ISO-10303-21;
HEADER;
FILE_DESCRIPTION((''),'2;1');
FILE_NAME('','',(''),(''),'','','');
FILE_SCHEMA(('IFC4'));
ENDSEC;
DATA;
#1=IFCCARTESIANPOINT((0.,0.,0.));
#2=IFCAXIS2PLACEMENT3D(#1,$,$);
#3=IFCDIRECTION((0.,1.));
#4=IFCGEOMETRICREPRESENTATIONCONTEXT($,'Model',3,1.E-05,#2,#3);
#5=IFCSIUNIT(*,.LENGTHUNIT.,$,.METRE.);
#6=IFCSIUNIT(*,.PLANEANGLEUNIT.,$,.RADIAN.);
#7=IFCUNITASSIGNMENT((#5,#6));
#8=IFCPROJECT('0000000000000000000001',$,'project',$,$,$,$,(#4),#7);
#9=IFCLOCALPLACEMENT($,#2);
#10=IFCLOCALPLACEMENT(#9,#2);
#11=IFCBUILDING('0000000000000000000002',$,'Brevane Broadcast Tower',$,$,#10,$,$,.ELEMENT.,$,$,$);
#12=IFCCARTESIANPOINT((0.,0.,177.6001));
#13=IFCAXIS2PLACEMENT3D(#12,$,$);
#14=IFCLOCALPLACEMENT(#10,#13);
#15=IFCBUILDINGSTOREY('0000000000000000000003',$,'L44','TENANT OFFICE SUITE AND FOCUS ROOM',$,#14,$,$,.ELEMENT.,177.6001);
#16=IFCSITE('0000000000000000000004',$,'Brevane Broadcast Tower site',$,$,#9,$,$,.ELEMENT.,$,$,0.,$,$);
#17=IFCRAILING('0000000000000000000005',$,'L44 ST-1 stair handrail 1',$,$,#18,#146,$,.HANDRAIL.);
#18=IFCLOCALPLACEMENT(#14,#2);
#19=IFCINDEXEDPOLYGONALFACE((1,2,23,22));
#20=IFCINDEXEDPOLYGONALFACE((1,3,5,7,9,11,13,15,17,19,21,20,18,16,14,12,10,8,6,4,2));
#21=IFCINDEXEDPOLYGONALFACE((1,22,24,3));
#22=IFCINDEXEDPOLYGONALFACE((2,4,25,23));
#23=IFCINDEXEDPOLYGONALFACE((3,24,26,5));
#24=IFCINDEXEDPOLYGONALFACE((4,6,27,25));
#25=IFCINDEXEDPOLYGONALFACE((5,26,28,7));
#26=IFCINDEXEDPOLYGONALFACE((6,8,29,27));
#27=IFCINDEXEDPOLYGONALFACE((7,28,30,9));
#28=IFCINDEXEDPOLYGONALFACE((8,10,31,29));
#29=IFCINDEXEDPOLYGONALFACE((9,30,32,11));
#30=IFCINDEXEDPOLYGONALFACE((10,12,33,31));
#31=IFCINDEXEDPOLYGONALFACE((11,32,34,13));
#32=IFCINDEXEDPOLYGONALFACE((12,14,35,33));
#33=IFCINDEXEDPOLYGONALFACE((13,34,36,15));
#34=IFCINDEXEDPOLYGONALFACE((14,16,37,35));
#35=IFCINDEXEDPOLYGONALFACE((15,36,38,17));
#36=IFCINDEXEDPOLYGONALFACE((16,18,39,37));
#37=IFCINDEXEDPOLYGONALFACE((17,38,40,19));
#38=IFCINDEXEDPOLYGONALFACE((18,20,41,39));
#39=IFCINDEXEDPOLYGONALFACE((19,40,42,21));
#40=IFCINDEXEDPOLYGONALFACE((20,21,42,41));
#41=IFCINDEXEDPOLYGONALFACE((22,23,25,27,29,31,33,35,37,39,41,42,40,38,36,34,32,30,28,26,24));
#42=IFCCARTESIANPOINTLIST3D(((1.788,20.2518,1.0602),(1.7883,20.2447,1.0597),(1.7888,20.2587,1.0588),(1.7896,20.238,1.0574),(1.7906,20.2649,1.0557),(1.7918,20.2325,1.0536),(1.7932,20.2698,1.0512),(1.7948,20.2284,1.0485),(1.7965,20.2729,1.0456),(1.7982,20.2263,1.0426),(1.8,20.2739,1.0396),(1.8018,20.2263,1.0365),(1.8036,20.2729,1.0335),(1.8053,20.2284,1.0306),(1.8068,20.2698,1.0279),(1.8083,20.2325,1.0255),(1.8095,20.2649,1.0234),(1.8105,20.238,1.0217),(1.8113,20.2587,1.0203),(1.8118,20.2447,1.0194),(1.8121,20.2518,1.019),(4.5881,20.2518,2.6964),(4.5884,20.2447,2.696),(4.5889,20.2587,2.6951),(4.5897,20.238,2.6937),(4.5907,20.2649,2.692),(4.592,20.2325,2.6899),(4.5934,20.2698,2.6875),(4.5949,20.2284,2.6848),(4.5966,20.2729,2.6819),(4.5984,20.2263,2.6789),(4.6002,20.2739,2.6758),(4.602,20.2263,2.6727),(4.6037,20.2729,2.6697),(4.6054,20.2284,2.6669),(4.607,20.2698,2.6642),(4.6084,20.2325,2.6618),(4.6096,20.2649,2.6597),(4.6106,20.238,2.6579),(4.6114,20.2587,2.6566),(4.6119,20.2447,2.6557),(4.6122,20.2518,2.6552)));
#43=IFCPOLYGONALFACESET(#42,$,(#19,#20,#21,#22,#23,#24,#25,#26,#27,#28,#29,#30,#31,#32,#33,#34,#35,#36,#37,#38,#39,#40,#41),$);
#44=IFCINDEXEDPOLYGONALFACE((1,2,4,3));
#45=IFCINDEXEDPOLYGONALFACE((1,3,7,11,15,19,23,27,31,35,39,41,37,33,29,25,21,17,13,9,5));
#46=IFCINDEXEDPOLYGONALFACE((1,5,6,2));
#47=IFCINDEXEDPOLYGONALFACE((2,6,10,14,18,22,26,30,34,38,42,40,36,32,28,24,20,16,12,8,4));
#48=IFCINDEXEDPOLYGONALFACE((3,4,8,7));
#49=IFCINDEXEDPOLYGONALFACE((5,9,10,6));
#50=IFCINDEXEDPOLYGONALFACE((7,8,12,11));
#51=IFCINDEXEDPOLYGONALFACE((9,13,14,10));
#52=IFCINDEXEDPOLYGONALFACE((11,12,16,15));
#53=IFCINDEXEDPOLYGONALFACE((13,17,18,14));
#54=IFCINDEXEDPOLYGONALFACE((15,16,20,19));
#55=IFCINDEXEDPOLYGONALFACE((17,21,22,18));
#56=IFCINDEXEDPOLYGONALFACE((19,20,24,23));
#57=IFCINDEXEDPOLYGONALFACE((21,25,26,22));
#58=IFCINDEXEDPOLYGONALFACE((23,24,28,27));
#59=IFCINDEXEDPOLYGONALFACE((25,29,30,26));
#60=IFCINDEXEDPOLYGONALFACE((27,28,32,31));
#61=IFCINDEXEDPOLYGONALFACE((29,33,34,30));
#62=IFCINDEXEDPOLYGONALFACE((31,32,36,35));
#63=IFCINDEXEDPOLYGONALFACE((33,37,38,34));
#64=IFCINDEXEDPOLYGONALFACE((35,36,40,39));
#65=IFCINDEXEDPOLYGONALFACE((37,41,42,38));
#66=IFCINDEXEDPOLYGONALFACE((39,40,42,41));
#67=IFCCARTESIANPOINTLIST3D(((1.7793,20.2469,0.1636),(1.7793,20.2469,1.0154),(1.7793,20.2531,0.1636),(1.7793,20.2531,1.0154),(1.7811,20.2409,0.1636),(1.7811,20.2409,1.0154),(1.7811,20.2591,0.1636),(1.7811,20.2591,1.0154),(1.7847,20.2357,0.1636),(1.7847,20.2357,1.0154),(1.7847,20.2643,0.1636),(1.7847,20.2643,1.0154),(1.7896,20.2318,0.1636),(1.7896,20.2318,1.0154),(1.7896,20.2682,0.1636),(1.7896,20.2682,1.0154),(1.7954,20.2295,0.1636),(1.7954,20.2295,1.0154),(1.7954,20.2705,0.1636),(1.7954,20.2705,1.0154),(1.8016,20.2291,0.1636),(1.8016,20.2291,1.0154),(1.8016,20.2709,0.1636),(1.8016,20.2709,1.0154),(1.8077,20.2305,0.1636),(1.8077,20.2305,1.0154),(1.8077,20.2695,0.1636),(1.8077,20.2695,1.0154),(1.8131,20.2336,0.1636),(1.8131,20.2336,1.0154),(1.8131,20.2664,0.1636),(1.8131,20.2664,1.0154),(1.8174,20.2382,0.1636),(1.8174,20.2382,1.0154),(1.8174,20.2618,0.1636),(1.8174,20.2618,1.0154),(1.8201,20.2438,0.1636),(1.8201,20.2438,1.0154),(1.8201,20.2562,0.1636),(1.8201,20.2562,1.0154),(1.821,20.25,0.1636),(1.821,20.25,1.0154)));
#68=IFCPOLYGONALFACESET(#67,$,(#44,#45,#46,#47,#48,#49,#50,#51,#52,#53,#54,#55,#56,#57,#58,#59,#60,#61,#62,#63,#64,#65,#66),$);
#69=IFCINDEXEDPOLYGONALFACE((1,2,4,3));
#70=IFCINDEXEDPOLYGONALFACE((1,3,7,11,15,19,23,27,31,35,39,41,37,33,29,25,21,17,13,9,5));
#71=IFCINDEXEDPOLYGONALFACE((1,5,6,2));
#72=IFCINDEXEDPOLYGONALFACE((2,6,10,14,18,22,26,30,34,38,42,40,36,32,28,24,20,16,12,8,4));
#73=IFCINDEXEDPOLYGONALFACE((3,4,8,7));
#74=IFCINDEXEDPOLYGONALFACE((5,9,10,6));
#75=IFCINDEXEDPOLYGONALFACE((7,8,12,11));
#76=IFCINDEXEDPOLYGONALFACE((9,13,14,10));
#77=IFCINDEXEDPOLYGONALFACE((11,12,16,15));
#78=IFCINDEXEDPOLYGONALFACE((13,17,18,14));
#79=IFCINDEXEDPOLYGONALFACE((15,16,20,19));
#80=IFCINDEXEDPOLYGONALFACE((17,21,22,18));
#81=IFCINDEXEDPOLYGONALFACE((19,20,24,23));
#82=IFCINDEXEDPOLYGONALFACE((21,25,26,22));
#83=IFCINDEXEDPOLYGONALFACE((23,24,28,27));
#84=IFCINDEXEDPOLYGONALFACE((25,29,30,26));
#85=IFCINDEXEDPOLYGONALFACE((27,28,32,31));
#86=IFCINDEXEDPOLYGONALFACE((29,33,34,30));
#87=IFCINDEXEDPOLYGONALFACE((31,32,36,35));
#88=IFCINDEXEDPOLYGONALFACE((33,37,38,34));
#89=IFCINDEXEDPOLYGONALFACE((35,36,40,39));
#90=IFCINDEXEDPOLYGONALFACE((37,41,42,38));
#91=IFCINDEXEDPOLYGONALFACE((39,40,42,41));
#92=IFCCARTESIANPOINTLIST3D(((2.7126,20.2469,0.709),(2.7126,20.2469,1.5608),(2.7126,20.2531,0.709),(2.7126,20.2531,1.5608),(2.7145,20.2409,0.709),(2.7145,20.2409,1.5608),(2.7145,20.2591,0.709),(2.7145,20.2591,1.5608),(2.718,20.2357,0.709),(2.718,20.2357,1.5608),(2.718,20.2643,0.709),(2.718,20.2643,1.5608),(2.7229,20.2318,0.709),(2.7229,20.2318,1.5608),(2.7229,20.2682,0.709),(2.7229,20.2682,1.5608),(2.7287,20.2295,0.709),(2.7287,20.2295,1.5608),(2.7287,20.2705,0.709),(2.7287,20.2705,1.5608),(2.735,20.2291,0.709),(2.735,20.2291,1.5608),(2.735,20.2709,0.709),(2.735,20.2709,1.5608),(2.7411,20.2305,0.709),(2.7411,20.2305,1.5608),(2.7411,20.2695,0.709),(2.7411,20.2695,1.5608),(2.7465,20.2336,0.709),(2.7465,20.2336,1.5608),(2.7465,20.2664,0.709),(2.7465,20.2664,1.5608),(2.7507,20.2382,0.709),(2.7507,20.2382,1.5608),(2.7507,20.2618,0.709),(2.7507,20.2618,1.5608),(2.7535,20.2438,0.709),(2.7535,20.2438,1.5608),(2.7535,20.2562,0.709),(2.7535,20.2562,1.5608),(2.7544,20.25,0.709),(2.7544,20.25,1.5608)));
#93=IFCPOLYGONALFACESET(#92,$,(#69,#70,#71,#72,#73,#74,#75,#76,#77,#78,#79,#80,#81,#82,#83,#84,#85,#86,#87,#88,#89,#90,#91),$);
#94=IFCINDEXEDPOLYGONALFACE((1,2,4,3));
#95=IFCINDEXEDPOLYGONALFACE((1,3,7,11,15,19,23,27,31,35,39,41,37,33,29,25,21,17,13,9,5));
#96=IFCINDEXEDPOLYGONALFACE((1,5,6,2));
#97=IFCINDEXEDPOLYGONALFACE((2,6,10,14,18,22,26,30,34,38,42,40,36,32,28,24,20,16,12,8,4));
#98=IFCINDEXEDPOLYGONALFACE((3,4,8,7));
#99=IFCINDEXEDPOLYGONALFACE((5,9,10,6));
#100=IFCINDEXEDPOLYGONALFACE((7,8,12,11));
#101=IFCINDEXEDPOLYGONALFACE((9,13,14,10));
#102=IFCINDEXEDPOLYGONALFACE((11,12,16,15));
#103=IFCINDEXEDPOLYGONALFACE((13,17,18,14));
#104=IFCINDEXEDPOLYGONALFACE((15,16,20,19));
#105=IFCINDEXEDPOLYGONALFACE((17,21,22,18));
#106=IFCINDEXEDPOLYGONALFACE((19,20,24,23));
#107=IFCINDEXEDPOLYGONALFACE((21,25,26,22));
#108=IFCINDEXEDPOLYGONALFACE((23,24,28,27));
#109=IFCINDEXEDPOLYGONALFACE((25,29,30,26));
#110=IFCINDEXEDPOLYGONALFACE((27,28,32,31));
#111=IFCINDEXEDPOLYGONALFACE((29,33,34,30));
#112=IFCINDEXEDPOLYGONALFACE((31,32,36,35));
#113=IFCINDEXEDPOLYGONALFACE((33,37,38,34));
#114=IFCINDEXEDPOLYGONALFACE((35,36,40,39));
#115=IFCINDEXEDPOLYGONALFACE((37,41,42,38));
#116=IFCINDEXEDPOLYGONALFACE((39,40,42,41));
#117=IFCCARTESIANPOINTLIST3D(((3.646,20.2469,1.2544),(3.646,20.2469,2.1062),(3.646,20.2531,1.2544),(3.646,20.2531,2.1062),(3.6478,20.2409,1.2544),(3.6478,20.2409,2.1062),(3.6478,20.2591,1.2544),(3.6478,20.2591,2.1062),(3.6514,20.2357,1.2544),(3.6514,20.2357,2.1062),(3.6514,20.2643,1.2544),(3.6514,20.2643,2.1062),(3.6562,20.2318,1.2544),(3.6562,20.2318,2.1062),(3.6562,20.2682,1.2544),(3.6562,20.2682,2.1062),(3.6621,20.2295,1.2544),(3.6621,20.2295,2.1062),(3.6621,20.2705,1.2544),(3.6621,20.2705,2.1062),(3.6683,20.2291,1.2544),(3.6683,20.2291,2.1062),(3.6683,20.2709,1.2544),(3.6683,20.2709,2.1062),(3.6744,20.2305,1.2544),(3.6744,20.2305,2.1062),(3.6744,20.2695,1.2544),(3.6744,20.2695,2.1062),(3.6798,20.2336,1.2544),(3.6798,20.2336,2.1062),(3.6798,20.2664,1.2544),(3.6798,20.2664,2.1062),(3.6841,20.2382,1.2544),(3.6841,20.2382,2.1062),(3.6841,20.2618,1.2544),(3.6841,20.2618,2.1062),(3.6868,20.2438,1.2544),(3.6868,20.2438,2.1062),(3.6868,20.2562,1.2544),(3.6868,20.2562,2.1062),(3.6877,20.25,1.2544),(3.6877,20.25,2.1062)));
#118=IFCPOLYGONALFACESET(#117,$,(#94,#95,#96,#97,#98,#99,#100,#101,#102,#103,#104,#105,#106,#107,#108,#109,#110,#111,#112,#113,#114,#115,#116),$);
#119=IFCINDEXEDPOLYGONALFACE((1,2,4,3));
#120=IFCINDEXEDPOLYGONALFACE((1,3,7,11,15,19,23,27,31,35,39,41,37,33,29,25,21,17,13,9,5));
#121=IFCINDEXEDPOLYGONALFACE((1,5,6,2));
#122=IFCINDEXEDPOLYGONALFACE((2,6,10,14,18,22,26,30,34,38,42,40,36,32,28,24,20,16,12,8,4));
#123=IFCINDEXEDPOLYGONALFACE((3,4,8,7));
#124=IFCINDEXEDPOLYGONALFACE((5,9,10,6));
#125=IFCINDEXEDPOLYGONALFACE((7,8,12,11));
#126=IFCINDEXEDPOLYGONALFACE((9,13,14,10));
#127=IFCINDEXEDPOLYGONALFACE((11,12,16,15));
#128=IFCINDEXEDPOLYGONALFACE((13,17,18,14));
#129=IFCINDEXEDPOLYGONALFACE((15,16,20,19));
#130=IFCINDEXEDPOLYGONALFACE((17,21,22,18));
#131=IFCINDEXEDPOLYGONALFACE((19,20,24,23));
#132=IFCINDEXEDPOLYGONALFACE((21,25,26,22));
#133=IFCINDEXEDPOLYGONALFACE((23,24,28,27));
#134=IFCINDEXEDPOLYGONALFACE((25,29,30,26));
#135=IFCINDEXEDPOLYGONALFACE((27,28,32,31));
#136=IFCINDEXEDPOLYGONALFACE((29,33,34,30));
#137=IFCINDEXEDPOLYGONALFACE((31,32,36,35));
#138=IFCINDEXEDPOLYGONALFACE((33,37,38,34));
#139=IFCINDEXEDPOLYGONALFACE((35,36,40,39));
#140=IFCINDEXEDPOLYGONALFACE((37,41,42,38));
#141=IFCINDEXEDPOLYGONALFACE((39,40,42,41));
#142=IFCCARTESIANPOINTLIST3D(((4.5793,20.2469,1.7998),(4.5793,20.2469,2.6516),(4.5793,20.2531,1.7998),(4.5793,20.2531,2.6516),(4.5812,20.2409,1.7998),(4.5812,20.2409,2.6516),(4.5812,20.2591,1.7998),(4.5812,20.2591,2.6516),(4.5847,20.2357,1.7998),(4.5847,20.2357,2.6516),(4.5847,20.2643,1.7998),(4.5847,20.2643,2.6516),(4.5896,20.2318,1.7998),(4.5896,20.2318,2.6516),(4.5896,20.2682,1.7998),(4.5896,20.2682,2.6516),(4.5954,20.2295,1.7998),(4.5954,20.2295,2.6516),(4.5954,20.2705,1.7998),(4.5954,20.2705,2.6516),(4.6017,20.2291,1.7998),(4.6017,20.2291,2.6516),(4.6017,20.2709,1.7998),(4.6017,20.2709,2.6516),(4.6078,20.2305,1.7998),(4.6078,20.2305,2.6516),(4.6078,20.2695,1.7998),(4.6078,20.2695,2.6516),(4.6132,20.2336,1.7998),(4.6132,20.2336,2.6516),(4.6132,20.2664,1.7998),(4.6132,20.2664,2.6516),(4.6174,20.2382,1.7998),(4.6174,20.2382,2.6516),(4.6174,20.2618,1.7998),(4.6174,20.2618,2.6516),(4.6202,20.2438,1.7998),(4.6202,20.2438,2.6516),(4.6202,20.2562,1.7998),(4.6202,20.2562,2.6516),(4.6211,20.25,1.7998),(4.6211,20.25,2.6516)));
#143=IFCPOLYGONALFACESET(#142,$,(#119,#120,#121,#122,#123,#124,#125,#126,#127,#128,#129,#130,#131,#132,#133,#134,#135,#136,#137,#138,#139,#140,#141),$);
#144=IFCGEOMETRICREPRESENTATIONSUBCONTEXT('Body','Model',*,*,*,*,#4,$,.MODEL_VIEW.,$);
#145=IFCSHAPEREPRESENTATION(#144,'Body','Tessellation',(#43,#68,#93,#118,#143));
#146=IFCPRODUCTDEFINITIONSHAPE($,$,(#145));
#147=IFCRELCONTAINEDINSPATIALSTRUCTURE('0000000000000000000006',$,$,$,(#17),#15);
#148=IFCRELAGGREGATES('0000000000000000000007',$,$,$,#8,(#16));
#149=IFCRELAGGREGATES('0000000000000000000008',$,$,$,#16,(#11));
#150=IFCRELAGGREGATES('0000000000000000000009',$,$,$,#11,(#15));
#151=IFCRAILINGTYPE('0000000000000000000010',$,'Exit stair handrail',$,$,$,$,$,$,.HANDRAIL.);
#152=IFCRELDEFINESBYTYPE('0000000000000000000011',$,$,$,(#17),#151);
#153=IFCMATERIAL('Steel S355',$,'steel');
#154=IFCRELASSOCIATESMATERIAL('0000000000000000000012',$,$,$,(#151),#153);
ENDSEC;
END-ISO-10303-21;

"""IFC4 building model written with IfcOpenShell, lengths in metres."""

from ifc_helpers import new_model, si_unit, direction, frame, origin, origin_2d, place, context, subcontext, project, spatial, circle, extrude, material, type_object, element, save


model = new_model("IFC4")

# Units and contexts
model_context = context("Model", 3, precision=1e-05, world=origin(), true_north=direction((0.0, 1.0)))
body_context = subcontext(model_context, "Body", "Model", "MODEL_VIEW")
ifc_project = project(units=[si_unit("LENGTHUNIT", "METRE"), si_unit("PLANEANGLEUNIT", "RADIAN")], contexts=[model_context])

# Site, building, storey
site_placement = place(None, origin())
site = spatial("IfcSite", under=ifc_project, at=site_placement, Name="Brevane Broadcast Tower site", CompositionType="ELEMENT", RefElevation=0.0)
building_placement = place(site_placement, origin())
building = spatial("IfcBuilding", under=site, at=building_placement, Name="Brevane Broadcast Tower", CompositionType="ELEMENT")
storey_placement = place(building_placement, frame((0.0, 0.0, 177.6001)))
storey = spatial("IfcBuildingStorey", under=building, at=storey_placement, Name="L44", Description="TENANT OFFICE SUITE AND FOCUS ROOM", CompositionType="ELEMENT", Elevation=177.6001)

# Railing
ifc_material_1 = material(Name="Steel S355", Category="steel")
railing_type_1 = type_object("IfcRailingType", Name="Exit stair handrail", PredefinedType="HANDRAIL", material=ifc_material_1)
railing_1_placement = place(storey_placement, frame((1.8, 20.25, 0.1636)))
element("IfcRailing", 1, at=railing_1_placement, inside=storey, type_object=railing_type_1, Name="L44 ST-1 stair handrail 1", PredefinedType="HANDRAIL", context=body_context, shape_type="SweptSolid", body=[
    extrude(circle(Radius=0.0239, at=origin_2d()), frame((0.0, 0.0, 0.876), z_axis=(0.863394, 0.0, 0.504531), x_axis=(0.0, 1.0, 0.0)), (0.0, 0.0, 1.0), 3.2432),
    extrude(circle(Radius=0.021, at=origin_2d()), origin(), (0.0, 0.0, 1.0), 0.8518),
    extrude(circle(Radius=0.021, at=origin_2d()), frame((0.9333, 0.0, 0.5454)), (0.0, 0.0, 1.0), 0.8518),
    extrude(circle(Radius=0.021, at=origin_2d()), frame((1.8667, 0.0, 1.0908)), (0.0, 0.0, 1.0), 0.8518),
    extrude(circle(Radius=0.021, at=origin_2d()), frame((2.8, 0.0, 1.6362)), (0.0, 0.0, 1.0), 0.8518),
])

save(model, "model.ifc")
